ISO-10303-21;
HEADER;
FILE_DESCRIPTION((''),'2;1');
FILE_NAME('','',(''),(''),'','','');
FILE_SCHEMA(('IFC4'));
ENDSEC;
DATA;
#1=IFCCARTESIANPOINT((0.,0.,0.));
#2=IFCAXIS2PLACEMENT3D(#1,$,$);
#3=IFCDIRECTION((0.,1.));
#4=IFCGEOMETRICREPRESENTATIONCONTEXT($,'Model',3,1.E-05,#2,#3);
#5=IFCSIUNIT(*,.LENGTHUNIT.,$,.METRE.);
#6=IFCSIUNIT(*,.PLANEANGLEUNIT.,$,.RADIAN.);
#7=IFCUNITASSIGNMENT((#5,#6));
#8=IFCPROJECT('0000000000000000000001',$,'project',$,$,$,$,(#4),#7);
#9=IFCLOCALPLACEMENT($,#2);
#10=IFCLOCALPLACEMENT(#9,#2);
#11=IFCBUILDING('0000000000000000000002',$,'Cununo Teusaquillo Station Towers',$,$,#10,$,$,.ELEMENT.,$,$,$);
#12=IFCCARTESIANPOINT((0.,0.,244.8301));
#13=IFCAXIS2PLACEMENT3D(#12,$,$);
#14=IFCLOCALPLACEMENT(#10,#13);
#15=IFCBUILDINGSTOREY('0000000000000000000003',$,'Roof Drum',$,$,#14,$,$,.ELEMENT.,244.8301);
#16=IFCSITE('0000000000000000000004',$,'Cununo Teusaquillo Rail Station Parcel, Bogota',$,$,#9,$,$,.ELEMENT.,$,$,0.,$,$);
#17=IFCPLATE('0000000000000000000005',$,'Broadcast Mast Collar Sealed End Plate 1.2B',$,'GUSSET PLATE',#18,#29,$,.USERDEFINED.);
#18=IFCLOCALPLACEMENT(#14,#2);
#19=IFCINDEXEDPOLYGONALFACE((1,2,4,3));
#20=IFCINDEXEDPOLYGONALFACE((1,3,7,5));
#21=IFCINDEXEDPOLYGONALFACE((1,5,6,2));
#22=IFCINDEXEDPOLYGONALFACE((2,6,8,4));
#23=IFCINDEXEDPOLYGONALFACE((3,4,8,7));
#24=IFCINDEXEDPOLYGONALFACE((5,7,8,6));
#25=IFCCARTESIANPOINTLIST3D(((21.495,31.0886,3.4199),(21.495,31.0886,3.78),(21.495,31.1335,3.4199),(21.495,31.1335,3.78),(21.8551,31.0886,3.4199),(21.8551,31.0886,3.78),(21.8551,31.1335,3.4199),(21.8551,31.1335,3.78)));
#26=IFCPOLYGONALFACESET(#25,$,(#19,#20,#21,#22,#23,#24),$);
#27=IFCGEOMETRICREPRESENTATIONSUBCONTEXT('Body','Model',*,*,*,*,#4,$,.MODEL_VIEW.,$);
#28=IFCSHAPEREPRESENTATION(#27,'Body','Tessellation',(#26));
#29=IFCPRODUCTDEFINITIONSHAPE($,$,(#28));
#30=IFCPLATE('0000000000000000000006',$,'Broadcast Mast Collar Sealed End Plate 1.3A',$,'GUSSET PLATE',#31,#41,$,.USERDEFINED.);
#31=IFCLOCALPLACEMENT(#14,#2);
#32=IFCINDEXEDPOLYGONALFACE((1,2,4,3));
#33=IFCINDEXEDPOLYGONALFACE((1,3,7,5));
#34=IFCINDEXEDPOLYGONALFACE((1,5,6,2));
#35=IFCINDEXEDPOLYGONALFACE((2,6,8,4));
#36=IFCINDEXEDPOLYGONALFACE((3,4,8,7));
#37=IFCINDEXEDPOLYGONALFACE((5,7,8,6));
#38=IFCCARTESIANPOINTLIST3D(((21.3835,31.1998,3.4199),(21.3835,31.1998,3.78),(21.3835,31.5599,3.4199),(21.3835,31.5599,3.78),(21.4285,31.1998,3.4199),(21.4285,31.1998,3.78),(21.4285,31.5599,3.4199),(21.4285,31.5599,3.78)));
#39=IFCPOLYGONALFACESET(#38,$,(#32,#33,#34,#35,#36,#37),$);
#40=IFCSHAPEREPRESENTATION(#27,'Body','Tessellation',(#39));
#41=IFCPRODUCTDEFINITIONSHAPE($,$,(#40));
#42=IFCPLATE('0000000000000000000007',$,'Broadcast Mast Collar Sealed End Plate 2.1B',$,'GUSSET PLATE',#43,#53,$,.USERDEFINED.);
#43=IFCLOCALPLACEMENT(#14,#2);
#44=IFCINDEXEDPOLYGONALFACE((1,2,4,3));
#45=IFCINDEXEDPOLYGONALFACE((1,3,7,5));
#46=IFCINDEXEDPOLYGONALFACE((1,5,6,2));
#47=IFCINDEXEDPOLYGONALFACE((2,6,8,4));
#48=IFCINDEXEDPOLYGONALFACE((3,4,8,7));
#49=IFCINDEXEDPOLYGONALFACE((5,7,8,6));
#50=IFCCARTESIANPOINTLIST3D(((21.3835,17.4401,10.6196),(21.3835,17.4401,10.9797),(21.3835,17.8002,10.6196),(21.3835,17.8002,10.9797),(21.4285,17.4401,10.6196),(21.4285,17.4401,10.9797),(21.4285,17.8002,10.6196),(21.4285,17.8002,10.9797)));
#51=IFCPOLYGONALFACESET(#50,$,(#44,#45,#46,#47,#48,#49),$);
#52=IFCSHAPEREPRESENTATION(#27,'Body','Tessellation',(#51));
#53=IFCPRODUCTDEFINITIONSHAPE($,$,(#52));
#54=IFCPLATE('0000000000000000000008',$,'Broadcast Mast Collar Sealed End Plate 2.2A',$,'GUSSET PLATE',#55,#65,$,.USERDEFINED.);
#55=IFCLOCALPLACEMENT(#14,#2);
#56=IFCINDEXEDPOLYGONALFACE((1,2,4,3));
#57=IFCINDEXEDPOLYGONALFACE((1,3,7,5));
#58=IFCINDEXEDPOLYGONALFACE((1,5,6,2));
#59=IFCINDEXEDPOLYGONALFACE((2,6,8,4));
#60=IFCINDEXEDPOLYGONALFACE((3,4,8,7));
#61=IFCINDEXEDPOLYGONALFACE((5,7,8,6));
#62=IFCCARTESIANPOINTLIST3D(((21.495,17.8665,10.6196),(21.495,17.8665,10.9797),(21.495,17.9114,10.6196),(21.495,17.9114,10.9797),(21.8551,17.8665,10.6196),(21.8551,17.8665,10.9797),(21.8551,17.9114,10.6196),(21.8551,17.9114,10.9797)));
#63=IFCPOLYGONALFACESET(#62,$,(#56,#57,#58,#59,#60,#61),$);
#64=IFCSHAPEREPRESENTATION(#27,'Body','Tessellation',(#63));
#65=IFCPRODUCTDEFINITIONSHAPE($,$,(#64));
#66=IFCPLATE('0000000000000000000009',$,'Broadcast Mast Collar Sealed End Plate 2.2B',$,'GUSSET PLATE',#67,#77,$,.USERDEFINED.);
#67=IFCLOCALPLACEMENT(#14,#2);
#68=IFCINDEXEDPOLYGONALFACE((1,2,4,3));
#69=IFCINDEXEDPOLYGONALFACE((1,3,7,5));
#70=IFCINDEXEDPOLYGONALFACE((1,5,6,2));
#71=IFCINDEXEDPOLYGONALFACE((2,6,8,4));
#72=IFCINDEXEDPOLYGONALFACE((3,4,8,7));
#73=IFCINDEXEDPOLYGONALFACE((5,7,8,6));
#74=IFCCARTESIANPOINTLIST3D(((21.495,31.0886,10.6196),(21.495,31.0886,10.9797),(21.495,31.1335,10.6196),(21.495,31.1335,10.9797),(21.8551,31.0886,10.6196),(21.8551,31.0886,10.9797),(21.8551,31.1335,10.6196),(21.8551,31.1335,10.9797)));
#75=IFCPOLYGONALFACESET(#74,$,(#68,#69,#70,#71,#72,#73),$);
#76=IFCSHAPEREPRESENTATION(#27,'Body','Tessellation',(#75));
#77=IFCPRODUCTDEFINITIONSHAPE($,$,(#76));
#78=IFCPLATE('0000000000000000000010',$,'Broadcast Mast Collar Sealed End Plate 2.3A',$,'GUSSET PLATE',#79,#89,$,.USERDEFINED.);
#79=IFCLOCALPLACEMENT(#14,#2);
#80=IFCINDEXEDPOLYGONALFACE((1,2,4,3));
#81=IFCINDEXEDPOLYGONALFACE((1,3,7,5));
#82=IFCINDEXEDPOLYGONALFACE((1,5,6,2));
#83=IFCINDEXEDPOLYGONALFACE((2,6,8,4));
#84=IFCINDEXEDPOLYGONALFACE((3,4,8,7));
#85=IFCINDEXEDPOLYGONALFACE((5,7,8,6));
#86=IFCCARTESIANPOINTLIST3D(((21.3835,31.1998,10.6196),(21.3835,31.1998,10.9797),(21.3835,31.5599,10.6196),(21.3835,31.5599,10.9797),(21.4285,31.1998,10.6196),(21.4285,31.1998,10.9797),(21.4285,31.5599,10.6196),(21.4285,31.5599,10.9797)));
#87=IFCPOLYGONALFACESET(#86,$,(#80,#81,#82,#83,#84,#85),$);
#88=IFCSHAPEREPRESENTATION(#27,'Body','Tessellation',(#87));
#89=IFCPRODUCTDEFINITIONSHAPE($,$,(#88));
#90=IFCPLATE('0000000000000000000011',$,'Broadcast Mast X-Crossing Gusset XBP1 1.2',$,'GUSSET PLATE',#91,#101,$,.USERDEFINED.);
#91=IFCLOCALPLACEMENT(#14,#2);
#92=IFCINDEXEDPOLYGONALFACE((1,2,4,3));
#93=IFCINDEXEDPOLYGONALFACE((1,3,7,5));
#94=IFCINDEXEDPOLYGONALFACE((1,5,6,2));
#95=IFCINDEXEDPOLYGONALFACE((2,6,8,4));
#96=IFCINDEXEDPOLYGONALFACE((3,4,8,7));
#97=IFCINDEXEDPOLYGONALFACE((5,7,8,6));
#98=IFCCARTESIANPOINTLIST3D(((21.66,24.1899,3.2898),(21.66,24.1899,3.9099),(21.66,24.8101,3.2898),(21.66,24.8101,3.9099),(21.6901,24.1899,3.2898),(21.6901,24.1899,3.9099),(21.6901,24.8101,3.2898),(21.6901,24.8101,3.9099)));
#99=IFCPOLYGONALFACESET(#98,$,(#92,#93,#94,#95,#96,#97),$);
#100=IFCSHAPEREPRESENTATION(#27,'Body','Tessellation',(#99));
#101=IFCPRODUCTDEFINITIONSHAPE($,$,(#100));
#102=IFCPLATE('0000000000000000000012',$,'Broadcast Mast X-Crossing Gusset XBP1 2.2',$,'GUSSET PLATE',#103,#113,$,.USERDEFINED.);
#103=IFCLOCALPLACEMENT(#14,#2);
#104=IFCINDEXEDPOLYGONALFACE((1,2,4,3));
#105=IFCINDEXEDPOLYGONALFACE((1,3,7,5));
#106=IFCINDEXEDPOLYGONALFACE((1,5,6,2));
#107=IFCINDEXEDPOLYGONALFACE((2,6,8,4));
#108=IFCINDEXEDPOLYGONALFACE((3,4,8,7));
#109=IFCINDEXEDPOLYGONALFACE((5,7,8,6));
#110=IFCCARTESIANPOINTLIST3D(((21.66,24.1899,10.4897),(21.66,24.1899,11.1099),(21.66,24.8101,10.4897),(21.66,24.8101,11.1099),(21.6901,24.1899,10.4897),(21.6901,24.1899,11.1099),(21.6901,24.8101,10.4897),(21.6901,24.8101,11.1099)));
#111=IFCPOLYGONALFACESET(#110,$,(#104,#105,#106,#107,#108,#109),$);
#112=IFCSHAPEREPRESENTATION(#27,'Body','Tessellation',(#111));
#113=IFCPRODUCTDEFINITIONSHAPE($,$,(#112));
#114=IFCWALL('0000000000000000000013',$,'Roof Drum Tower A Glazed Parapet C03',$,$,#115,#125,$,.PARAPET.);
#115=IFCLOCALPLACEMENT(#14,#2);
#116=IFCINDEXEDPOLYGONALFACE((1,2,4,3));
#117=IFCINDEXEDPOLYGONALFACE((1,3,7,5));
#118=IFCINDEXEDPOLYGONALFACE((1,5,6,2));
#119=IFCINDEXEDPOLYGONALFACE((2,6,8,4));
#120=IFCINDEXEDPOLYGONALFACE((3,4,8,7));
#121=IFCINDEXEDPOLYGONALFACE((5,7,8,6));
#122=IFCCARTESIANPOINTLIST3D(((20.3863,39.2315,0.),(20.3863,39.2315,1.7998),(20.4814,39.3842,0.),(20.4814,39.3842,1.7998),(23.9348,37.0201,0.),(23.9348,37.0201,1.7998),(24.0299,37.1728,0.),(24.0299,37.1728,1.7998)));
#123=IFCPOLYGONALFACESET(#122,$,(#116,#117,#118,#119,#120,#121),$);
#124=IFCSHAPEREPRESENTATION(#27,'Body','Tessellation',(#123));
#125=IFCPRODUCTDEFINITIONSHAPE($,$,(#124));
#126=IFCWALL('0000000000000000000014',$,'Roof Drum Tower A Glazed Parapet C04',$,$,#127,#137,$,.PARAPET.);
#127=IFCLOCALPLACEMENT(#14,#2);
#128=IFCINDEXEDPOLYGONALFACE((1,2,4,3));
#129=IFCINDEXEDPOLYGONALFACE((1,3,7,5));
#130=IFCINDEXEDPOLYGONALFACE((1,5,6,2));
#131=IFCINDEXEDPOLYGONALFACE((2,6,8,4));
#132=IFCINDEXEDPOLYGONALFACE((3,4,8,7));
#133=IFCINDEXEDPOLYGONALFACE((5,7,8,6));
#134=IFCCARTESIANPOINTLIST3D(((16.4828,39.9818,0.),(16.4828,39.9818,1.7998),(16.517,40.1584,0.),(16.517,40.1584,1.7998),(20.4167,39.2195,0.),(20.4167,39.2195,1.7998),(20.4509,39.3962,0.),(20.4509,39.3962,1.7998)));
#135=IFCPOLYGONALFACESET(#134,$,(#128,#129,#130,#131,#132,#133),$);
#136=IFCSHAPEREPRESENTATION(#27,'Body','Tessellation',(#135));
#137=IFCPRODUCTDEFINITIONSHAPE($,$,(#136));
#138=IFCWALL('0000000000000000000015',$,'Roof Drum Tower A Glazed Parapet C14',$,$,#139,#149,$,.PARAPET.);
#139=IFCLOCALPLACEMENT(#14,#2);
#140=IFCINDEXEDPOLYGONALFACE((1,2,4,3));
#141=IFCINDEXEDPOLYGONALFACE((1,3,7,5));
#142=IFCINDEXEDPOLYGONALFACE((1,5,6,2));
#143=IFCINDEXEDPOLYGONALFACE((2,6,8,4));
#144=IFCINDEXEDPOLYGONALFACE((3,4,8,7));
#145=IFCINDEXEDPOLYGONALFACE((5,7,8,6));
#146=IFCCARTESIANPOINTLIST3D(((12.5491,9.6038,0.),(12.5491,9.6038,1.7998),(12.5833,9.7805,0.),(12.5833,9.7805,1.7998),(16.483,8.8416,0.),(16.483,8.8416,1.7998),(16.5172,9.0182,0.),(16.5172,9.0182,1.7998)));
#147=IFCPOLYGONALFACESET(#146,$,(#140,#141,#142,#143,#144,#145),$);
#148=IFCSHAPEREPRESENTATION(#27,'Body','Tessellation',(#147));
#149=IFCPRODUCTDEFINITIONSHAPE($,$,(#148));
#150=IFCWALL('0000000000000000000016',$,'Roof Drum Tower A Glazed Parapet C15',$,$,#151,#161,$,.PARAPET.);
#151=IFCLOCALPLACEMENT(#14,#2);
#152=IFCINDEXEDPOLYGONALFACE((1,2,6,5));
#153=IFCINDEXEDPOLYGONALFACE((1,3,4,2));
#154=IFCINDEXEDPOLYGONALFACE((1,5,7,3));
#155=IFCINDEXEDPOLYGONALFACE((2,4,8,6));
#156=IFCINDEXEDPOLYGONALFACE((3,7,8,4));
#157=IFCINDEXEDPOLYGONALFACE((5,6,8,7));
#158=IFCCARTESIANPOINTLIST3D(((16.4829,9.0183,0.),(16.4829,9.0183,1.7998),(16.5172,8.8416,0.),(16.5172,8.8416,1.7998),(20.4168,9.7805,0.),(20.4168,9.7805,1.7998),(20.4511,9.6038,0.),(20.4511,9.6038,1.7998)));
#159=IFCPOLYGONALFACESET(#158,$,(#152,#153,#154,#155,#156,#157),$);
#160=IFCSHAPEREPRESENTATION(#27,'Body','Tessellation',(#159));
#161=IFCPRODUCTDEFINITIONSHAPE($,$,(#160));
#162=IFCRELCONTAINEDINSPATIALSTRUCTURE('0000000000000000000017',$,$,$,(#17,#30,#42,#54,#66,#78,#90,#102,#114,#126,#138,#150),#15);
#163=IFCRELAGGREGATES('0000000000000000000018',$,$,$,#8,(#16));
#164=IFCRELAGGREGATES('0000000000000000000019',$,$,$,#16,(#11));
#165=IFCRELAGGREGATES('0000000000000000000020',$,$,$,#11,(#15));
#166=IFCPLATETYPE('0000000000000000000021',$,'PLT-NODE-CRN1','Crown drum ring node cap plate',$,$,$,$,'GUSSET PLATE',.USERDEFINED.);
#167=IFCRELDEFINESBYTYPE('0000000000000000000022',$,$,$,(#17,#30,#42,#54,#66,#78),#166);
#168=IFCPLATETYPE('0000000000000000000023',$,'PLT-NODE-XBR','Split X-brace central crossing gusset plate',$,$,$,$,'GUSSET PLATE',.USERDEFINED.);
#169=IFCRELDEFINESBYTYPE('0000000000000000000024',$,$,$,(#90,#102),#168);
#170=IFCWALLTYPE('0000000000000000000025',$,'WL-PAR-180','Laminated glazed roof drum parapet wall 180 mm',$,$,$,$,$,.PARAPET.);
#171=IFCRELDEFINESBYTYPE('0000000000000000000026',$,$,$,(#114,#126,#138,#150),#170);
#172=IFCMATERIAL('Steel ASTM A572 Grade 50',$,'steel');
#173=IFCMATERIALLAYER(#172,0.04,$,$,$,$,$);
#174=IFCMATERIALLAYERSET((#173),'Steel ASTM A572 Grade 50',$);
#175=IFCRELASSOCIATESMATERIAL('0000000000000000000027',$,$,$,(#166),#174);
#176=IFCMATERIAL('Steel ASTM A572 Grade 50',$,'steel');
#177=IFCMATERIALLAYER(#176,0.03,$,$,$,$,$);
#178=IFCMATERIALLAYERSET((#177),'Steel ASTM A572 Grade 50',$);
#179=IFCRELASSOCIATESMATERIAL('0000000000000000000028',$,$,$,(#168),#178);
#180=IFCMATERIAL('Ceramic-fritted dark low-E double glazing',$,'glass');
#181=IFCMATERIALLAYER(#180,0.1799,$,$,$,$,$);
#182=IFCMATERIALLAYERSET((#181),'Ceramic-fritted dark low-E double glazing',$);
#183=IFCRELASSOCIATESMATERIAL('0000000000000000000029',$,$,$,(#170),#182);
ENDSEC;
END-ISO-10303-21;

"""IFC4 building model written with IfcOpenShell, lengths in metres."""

from ifc_helpers import new_model, si_unit, direction, frame, frame_2d, origin, origin_2d, place, context, subcontext, project, spatial, rectangle, extrude, source, transform, mapped, material, layer, layer_set, type_object, element, save


model = new_model("IFC4")

# Units and contexts
model_context = context("Model", 3, precision=1e-05, world=origin(), true_north=direction((0.0, 1.0)))
body_context = subcontext(model_context, "Body", "Model", "MODEL_VIEW")
ifc_project = project(units=[si_unit("LENGTHUNIT", "METRE"), si_unit("PLANEANGLEUNIT", "RADIAN")], contexts=[model_context])

# Site, building, storey
site_placement = place(None, origin())
site = spatial("IfcSite", under=ifc_project, at=site_placement, Name="Cununo Teusaquillo Rail Station Parcel, Bogota", CompositionType="ELEMENT", RefElevation=0.0)
building_placement = place(site_placement, origin())
building = spatial("IfcBuilding", under=site, at=building_placement, Name="Cununo Teusaquillo Station Towers", CompositionType="ELEMENT")
storey_placement = place(building_placement, frame((0.0, 0.0, 244.8301)))
storey = spatial("IfcBuildingStorey", under=building, at=storey_placement, Name="Roof Drum", CompositionType="ELEMENT", Elevation=244.8301)

# Plates
ifc_material_1 = material(Name="Steel ASTM A572 Grade 50", Category="steel")
ifc_layer_1 = layer(ifc_material_1, 0.04)
ifc_layer_set_1 = layer_set([ifc_layer_1], Name="Steel ASTM A572 Grade 50")
plate_type_1 = type_object("IfcPlateType", Name="PLT-NODE-CRN1", Description="Crown drum ring node cap plate", ElementType="GUSSET PLATE", PredefinedType="USERDEFINED", material=ifc_layer_set_1)
shared_shape_1 = source(origin(), body_context, "Body", "SweptSolid", [
    extrude(rectangle(XDim=0.0449, YDim=0.3601, at=origin_2d()), origin(), (0.0, 0.0, 1.0), 0.3601),
])
for number, where, z_axis, x_axis, name in (
    (1, (21.675, 31.1111, 3.4199), (0.0, 0.0, 1.0), (0.0, 1.0, 0.0), "Broadcast Mast Collar Sealed End Plate 1.2B"),
    (2, (21.406, 31.3799, 3.4199), (0.0, 0.0, 1.0), (-1.0, 0.0, 0.0), "Broadcast Mast Collar Sealed End Plate 1.3A"),
    (3, (21.406, 17.6201, 10.6196), (0.0, 0.0, 1.0), (1.0, 0.0, 0.0), "Broadcast Mast Collar Sealed End Plate 2.1B"),
    (4, (21.675, 17.8889, 10.6196), (0.0, 0.0, 1.0), (0.0, 1.0, 0.0), "Broadcast Mast Collar Sealed End Plate 2.2A"),
    (5, (21.675, 31.1111, 10.6196), (0.0, 0.0, 1.0), (0.0, 1.0, 0.0), "Broadcast Mast Collar Sealed End Plate 2.2B"),
    (6, (21.406, 31.3799, 10.6196), (0.0, 0.0, 1.0), (-1.0, 0.0, 0.0), "Broadcast Mast Collar Sealed End Plate 2.3A"),
):
    element("IfcPlate", number, at=place(storey_placement, frame(where, z_axis=z_axis, x_axis=x_axis)), inside=storey, type_object=plate_type_1, Name=name, ObjectType="GUSSET PLATE", PredefinedType="USERDEFINED", context=body_context, shape_type="MappedRepresentation", body=[
        mapped(shared_shape_1, transform((0.0, 0.0, 0.0), x_axis=(1.0, 0.0, 0.0), y_axis=(0.0, 1.0, 0.0), z_axis=(0.0, 0.0, 1.0), scale=1.0)),
    ])
ifc_material_2 = material(Name="Steel ASTM A572 Grade 50", Category="steel")
ifc_layer_2 = layer(ifc_material_2, 0.03)
ifc_layer_set_2 = layer_set([ifc_layer_2], Name="Steel ASTM A572 Grade 50")
plate_type_2 = type_object("IfcPlateType", Name="PLT-NODE-XBR", Description="Split X-brace central crossing gusset plate", ElementType="GUSSET PLATE", PredefinedType="USERDEFINED", material=ifc_layer_set_2)
shared_shape_2 = source(origin(), body_context, "Body", "SweptSolid", [
    extrude(rectangle(XDim=0.6201, YDim=0.03, at=origin_2d()), origin(), (0.0, 0.0, 1.0), 0.6201),
])
for number, where, z_axis, x_axis, name in (
    (7, (21.675, 24.5, 3.2898), (0.0, 0.0, 1.0), (0.0, 1.0, 0.0), "Broadcast Mast X-Crossing Gusset XBP1 1.2"),
    (8, (21.675, 24.5, 10.4897), (0.0, 0.0, 1.0), (0.0, 1.0, 0.0), "Broadcast Mast X-Crossing Gusset XBP1 2.2"),
):
    element("IfcPlate", number, at=place(storey_placement, frame(where, z_axis=z_axis, x_axis=x_axis)), inside=storey, type_object=plate_type_2, Name=name, ObjectType="GUSSET PLATE", PredefinedType="USERDEFINED", context=body_context, shape_type="MappedRepresentation", body=[
        mapped(shared_shape_2, transform((0.0, 0.0, 0.0), x_axis=(1.0, 0.0, 0.0), y_axis=(0.0, 1.0, 0.0), z_axis=(0.0, 0.0, 1.0), scale=1.0)),
    ])

# Walls
ifc_material_3 = material(Name="Ceramic-fritted dark low-E double glazing", Category="glass")
ifc_layer_3 = layer(ifc_material_3, 0.1799)
ifc_layer_set_3 = layer_set([ifc_layer_3], Name="Ceramic-fritted dark low-E double glazing")
wall_type = type_object("IfcWallType", Name="WL-PAR-180", Description="Laminated glazed roof drum parapet wall 180 mm", PredefinedType="PARAPET", material=ifc_layer_set_3)
wall_placement = place(storey_placement, frame((20.4338, 39.3079, 0.0), z_axis=(0.0, 0.0, 1.0), x_axis=(0.84869, -0.528891, 0.0)))
element("IfcWall", 9, at=wall_placement, inside=storey, type_object=wall_type, Name="Roof Drum Tower A Glazed Parapet C03", PredefinedType="PARAPET", context=body_context, shape_type="SweptSolid", body=[
    extrude(rectangle(XDim=4.1812, YDim=0.1799, at=frame_2d((2.0906, 0.0))), origin(), (0.0, 0.0, 1.0), 1.7998),
])
for number, where, z_axis, x_axis, name in (
    (10, (16.5, 40.0701, 0.0), (0.0, 0.0, 1.0), (0.981742, -0.190219, 0.0), "Roof Drum Tower A Glazed Parapet C04"),
    (11, (16.5, 8.9299, 0.0), (0.0, 0.0, 1.0), (-0.981742, 0.190219, 0.0), "Roof Drum Tower A Glazed Parapet C14"),
    (12, (20.4338, 9.6921, 0.0), (0.0, 0.0, 1.0), (-0.981742, -0.190219, 0.0), "Roof Drum Tower A Glazed Parapet C15"),
):
    element("IfcWall", number, at=place(storey_placement, frame(where, z_axis=z_axis, x_axis=x_axis)), inside=storey, type_object=wall_type, Name=name, PredefinedType="PARAPET", context=body_context, shape_type="SweptSolid", body=[
        extrude(rectangle(XDim=4.0071, YDim=0.1799, at=frame_2d((2.0034, 0.0))), origin(), (0.0, 0.0, 1.0), 1.7998),
    ])

save(model, "model.ifc")
